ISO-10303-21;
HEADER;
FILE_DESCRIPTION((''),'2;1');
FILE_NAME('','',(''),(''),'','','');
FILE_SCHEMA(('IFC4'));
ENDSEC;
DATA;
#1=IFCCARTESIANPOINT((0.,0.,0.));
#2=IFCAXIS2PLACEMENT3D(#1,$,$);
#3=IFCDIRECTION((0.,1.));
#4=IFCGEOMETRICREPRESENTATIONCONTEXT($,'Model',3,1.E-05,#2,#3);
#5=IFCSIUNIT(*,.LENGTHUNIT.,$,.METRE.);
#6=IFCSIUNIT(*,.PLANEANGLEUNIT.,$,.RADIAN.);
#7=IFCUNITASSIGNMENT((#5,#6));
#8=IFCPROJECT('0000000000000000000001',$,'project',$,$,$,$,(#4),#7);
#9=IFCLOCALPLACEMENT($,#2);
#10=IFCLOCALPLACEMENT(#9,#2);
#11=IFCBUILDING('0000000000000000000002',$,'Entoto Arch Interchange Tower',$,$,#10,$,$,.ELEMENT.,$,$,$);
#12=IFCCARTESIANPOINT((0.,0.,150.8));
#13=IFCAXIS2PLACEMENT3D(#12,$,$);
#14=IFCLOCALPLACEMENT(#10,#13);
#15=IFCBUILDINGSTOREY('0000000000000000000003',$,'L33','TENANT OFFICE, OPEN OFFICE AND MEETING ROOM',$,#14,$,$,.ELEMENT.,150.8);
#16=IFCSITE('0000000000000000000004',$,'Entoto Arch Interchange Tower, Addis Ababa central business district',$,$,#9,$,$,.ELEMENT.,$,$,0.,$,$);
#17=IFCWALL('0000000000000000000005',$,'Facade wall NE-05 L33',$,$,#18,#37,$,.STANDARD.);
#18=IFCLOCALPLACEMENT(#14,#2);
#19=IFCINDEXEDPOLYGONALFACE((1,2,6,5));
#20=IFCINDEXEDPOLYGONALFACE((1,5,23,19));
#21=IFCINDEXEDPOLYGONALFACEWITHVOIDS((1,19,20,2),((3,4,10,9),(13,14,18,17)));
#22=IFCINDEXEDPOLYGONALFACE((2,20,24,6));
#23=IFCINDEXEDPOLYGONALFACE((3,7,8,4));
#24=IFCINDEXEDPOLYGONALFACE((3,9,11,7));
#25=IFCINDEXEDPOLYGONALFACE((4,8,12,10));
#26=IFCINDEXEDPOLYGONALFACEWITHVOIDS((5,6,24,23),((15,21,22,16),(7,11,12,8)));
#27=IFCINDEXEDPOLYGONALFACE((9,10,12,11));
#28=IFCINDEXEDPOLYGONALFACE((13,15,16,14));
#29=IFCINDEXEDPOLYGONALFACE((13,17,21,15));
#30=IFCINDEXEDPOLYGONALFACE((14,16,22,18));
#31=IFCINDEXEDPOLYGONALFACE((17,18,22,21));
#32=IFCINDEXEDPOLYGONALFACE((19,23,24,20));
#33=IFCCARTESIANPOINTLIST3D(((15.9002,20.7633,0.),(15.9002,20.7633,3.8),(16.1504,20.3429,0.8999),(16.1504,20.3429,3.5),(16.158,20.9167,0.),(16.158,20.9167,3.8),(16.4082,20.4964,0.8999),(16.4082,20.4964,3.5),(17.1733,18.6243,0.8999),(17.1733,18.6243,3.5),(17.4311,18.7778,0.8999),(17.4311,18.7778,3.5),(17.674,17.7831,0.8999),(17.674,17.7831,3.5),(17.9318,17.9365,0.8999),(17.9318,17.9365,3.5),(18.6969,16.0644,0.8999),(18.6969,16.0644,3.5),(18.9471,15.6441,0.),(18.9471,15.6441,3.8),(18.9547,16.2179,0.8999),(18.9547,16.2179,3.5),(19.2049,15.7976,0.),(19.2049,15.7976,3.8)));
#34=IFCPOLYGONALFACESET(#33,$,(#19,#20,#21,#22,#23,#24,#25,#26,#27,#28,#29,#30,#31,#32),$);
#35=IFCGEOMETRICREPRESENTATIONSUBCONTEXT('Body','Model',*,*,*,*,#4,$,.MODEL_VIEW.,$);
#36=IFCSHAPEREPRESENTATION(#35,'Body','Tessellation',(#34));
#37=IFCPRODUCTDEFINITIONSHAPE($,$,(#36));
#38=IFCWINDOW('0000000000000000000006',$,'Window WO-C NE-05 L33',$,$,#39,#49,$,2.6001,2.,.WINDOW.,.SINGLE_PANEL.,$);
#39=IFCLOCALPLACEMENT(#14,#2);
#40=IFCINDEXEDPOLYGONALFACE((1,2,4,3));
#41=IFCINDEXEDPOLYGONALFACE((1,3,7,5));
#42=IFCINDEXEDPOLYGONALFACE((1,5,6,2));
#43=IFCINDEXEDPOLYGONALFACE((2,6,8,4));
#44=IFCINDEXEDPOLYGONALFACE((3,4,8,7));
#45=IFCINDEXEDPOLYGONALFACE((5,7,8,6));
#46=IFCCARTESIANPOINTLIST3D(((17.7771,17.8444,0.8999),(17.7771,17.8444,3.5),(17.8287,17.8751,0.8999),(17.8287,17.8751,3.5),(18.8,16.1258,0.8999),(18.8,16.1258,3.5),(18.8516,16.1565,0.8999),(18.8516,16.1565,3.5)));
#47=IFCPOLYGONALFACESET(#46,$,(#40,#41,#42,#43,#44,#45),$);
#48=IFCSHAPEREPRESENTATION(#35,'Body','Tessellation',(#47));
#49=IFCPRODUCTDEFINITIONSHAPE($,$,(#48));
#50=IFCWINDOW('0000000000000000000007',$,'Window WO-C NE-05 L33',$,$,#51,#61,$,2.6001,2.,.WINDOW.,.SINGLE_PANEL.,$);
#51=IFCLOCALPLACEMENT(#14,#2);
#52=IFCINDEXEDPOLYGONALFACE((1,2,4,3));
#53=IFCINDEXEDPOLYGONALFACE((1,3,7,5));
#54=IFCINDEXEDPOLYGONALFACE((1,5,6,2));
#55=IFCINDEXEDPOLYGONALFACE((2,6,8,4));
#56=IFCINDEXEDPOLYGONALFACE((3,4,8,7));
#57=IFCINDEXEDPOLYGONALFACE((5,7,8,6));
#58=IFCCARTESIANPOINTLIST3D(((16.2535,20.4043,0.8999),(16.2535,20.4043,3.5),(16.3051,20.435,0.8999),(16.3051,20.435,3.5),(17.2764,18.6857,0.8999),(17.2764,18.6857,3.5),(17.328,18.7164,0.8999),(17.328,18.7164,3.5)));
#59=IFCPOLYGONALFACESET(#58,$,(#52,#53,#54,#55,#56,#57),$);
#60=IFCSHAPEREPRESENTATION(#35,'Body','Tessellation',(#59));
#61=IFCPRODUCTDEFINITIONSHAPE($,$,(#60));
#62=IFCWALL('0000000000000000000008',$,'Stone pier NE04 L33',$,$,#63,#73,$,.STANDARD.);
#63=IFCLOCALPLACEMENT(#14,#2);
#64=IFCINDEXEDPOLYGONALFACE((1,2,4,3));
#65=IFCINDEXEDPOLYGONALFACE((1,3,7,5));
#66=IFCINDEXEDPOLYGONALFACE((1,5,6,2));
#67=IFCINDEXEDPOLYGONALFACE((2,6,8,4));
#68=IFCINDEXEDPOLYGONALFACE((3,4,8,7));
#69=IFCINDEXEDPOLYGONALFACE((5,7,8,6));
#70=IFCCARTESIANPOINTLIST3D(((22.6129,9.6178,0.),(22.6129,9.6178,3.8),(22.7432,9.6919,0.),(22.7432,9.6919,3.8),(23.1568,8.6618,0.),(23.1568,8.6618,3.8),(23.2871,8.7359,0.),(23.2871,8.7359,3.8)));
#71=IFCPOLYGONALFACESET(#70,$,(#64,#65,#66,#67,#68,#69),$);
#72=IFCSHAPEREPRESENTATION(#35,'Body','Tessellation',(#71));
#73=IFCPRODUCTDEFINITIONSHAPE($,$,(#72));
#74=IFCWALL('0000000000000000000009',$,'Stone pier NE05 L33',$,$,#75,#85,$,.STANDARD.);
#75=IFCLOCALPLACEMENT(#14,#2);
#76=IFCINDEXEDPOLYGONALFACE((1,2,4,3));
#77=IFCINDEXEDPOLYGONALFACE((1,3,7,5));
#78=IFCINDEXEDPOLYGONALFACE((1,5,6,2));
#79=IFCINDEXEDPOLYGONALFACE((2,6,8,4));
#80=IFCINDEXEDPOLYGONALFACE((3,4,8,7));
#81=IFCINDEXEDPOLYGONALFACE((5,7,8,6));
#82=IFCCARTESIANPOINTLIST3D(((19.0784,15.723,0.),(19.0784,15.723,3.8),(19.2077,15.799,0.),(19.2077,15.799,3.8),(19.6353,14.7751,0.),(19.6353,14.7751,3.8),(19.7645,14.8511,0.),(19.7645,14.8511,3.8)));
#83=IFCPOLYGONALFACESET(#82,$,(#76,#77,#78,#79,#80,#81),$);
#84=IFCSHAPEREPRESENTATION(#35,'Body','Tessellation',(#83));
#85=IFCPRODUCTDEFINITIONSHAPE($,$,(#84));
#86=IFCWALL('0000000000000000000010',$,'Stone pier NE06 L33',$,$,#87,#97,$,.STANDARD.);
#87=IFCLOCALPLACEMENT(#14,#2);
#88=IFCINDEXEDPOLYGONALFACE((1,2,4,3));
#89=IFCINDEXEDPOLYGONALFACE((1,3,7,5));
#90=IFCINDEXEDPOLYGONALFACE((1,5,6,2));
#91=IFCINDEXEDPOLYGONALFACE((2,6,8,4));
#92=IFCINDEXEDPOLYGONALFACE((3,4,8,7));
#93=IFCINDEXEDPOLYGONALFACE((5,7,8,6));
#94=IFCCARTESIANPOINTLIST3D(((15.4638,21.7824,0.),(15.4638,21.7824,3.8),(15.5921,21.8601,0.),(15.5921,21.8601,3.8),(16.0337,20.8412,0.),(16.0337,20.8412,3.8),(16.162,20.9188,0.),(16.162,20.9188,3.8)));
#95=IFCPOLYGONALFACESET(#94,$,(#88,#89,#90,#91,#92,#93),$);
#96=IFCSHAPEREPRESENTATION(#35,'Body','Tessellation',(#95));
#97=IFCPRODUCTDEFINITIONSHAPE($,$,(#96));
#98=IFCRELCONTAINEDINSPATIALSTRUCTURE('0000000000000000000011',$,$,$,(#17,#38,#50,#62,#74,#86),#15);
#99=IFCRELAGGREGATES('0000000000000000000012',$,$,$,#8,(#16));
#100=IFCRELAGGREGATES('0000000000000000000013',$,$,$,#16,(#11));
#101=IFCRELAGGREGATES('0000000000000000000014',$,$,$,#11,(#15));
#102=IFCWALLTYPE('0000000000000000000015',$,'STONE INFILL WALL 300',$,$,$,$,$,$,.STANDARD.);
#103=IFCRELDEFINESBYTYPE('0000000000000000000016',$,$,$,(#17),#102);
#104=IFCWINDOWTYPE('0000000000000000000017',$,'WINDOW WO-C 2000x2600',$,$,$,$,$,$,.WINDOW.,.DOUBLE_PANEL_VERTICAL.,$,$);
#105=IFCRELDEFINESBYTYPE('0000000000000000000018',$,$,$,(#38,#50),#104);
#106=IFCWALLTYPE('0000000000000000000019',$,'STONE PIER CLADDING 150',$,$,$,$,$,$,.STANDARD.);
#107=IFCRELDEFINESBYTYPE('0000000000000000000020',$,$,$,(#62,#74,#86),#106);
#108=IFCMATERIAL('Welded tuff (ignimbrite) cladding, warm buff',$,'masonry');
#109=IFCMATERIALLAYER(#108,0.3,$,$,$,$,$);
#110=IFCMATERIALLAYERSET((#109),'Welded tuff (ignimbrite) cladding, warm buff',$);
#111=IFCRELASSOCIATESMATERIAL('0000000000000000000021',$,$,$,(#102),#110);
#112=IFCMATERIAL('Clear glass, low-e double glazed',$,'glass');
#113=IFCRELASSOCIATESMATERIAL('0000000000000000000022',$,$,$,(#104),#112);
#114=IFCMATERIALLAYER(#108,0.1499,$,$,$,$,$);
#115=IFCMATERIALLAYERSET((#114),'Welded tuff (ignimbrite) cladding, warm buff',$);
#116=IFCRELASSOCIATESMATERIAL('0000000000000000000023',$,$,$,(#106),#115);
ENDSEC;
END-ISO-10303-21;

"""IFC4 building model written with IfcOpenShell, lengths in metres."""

from ifc_helpers import new_model, si_unit, direction, frame, frame_2d, origin, place, context, subcontext, project, spatial, rectangle, extrude, material, layer, layer_set, type_object, element, fill, save


model = new_model("IFC4")

# Units and contexts
model_context = context("Model", 3, precision=1e-05, world=origin(), true_north=direction((0.0, 1.0)))
body_context = subcontext(model_context, "Body", "Model", "MODEL_VIEW")
ifc_project = project(units=[si_unit("LENGTHUNIT", "METRE"), si_unit("PLANEANGLEUNIT", "RADIAN")], contexts=[model_context])

# Site, building, storey
site_placement = place(None, origin())
site = spatial("IfcSite", under=ifc_project, at=site_placement, Name="Entoto Arch Interchange Tower, Addis Ababa central business district", CompositionType="ELEMENT", RefElevation=0.0)
building_placement = place(site_placement, origin())
building = spatial("IfcBuilding", under=site, at=building_placement, Name="Entoto Arch Interchange Tower", CompositionType="ELEMENT")
storey_placement = place(building_placement, frame((0.0, 0.0, 150.8)))
storey = spatial("IfcBuildingStorey", under=building, at=storey_placement, Name="L33", Description="TENANT OFFICE, OPEN OFFICE AND MEETING ROOM", CompositionType="ELEMENT", Elevation=150.8)

# Wall, openings, windows
ifc_material_1 = material(Name="Welded tuff (ignimbrite) cladding, warm buff", Category="masonry")
ifc_layer_1 = layer(ifc_material_1, 0.3)
ifc_layer_set_1 = layer_set([ifc_layer_1], Name="Welded tuff (ignimbrite) cladding, warm buff")
wall_type_1 = type_object("IfcWallType", Name="STONE INFILL WALL 300", PredefinedType="STANDARD", material=ifc_layer_set_1)
ifc_material_2 = material(Name="Clear glass, low-e double glazed", Category="glass")
window_type = type_object("IfcWindowType", Name="WINDOW WO-C 2000x2600", PartitioningType="DOUBLE_PANEL_VERTICAL", PredefinedType="WINDOW", material=ifc_material_2)
wall_1_placement = place(storey_placement, frame((19.0759, 15.7209, 0.0), z_axis=(0.0, 0.0, 1.0), x_axis=(-0.511455, 0.85931, 0.0)))
wall_1 = element("IfcWall", 1, at=wall_1_placement, inside=storey, type_object=wall_type_1, Name="Facade wall NE-05 L33", PredefinedType="STANDARD", context=body_context, shape_type="SweptSolid", body=[
    extrude(rectangle(XDim=5.9573, YDim=0.3, at=frame_2d((2.9785, 0.0))), origin(), (0.0, 0.0, 1.0), 3.8),
])
opening_1_placement = place(wall_1_placement, frame((0.489, 0.0, 0.8999)))
opening_1 = element("IfcOpeningElement", 2, at=opening_1_placement, cuts=wall_1, PredefinedType="OPENING", context=body_context, shape_type="SweptSolid", body=[
    extrude(rectangle(XDim=2.0, YDim=2.6001, at=frame_2d((1.0, 1.3))), frame((0.0, 0.1602, 0.0), z_axis=(0.0, -1.0, 0.0), x_axis=(1.0, 0.0, 0.0)), (0.0, 0.0, 1.0), 0.3201),
])
opening_2_placement = place(wall_1_placement, frame((3.468, 0.0, 0.8999)))
opening_2 = element("IfcOpeningElement", 3, at=opening_2_placement, cuts=wall_1, PredefinedType="OPENING", context=body_context, shape_type="SweptSolid", body=[
    extrude(rectangle(XDim=2.0, YDim=2.6001, at=frame_2d((1.0, 1.3))), frame((0.0, 0.1602, 0.0), z_axis=(0.0, -1.0, 0.0), x_axis=(1.0, 0.0, 0.0)), (0.0, 0.0, 1.0), 0.3201),
])
window_1_placement = place(opening_1_placement, origin())
window_1 = element("IfcWindow", 4, at=window_1_placement, inside=storey, type_object=window_type, Name="Window WO-C NE-05 L33", OverallHeight=2.6001, OverallWidth=2.0, PartitioningType="SINGLE_PANEL", PredefinedType="WINDOW", context=body_context, shape_type="SweptSolid", body=[
    extrude(rectangle(XDim=2.0, YDim=2.6001, at=frame_2d((1.0, 1.3))), frame((0.0, 0.03, 0.0), z_axis=(0.0, -1.0, 0.0), x_axis=(1.0, 0.0, 0.0)), (0.0, 0.0, 1.0), 0.0601),
])
fill(opening_1, window_1)
window_2_placement = place(opening_2_placement, origin())
window_2 = element("IfcWindow", 5, at=window_2_placement, inside=storey, type_object=window_type, Name="Window WO-C NE-05 L33", OverallHeight=2.6001, OverallWidth=2.0, PartitioningType="SINGLE_PANEL", PredefinedType="WINDOW", context=body_context, shape_type="SweptSolid", body=[
    extrude(rectangle(XDim=2.0, YDim=2.6001, at=frame_2d((1.0, 1.3))), frame((0.0, 0.03, 0.0), z_axis=(0.0, -1.0, 0.0), x_axis=(1.0, 0.0, 0.0)), (0.0, 0.0, 1.0), 0.0601),
])
fill(opening_2, window_2)

# Walls
ifc_layer_2 = layer(ifc_material_1, 0.1499)
ifc_layer_set_2 = layer_set([ifc_layer_2], Name="Welded tuff (ignimbrite) cladding, warm buff")
wall_type_2 = type_object("IfcWallType", Name="STONE PIER CLADDING 150", PredefinedType="STANDARD", material=ifc_layer_set_2)
wall_2_placement = place(storey_placement, frame((23.2219, 8.699, 0.0), z_axis=(0.0, 0.0, 1.0), x_axis=(-0.494513, 0.86917, 0.0)))
element("IfcWall", 6, at=wall_2_placement, inside=storey, type_object=wall_type_2, Name="Stone pier NE04 L33", PredefinedType="STANDARD", context=body_context, shape_type="SweptSolid", body=[
    extrude(rectangle(XDim=1.0999, YDim=0.1499, at=frame_2d((0.5498, 0.0))), origin(), (0.0, 0.0, 1.0), 3.8),
])
wall_3_placement = place(storey_placement, frame((19.7, 14.813, 0.0), z_axis=(0.0, 0.0, 1.0), x_axis=(-0.506506, 0.862237, 0.0)))
element("IfcWall", 7, at=wall_3_placement, inside=storey, type_object=wall_type_2, Name="Stone pier NE05 L33", PredefinedType="STANDARD", context=body_context, shape_type="SweptSolid", body=[
    extrude(rectangle(XDim=1.0994, YDim=0.1499, at=frame_2d((0.5498, 0.0))), origin(), (0.0, 0.0, 1.0), 3.8),
])
wall_4_placement = place(storey_placement, frame((16.0979, 20.8799, 0.0), z_axis=(0.0, 0.0, 1.0), x_axis=(-0.517918, 0.85543, 0.0)))
element("IfcWall", 8, at=wall_4_placement, inside=storey, type_object=wall_type_2, Name="Stone pier NE06 L33", PredefinedType="STANDARD", context=body_context, shape_type="SweptSolid", body=[
    extrude(rectangle(XDim=1.1003, YDim=0.1499, at=frame_2d((0.5503, 0.0))), origin(), (0.0, 0.0, 1.0), 3.8),
])

save(model, "model.ifc")
